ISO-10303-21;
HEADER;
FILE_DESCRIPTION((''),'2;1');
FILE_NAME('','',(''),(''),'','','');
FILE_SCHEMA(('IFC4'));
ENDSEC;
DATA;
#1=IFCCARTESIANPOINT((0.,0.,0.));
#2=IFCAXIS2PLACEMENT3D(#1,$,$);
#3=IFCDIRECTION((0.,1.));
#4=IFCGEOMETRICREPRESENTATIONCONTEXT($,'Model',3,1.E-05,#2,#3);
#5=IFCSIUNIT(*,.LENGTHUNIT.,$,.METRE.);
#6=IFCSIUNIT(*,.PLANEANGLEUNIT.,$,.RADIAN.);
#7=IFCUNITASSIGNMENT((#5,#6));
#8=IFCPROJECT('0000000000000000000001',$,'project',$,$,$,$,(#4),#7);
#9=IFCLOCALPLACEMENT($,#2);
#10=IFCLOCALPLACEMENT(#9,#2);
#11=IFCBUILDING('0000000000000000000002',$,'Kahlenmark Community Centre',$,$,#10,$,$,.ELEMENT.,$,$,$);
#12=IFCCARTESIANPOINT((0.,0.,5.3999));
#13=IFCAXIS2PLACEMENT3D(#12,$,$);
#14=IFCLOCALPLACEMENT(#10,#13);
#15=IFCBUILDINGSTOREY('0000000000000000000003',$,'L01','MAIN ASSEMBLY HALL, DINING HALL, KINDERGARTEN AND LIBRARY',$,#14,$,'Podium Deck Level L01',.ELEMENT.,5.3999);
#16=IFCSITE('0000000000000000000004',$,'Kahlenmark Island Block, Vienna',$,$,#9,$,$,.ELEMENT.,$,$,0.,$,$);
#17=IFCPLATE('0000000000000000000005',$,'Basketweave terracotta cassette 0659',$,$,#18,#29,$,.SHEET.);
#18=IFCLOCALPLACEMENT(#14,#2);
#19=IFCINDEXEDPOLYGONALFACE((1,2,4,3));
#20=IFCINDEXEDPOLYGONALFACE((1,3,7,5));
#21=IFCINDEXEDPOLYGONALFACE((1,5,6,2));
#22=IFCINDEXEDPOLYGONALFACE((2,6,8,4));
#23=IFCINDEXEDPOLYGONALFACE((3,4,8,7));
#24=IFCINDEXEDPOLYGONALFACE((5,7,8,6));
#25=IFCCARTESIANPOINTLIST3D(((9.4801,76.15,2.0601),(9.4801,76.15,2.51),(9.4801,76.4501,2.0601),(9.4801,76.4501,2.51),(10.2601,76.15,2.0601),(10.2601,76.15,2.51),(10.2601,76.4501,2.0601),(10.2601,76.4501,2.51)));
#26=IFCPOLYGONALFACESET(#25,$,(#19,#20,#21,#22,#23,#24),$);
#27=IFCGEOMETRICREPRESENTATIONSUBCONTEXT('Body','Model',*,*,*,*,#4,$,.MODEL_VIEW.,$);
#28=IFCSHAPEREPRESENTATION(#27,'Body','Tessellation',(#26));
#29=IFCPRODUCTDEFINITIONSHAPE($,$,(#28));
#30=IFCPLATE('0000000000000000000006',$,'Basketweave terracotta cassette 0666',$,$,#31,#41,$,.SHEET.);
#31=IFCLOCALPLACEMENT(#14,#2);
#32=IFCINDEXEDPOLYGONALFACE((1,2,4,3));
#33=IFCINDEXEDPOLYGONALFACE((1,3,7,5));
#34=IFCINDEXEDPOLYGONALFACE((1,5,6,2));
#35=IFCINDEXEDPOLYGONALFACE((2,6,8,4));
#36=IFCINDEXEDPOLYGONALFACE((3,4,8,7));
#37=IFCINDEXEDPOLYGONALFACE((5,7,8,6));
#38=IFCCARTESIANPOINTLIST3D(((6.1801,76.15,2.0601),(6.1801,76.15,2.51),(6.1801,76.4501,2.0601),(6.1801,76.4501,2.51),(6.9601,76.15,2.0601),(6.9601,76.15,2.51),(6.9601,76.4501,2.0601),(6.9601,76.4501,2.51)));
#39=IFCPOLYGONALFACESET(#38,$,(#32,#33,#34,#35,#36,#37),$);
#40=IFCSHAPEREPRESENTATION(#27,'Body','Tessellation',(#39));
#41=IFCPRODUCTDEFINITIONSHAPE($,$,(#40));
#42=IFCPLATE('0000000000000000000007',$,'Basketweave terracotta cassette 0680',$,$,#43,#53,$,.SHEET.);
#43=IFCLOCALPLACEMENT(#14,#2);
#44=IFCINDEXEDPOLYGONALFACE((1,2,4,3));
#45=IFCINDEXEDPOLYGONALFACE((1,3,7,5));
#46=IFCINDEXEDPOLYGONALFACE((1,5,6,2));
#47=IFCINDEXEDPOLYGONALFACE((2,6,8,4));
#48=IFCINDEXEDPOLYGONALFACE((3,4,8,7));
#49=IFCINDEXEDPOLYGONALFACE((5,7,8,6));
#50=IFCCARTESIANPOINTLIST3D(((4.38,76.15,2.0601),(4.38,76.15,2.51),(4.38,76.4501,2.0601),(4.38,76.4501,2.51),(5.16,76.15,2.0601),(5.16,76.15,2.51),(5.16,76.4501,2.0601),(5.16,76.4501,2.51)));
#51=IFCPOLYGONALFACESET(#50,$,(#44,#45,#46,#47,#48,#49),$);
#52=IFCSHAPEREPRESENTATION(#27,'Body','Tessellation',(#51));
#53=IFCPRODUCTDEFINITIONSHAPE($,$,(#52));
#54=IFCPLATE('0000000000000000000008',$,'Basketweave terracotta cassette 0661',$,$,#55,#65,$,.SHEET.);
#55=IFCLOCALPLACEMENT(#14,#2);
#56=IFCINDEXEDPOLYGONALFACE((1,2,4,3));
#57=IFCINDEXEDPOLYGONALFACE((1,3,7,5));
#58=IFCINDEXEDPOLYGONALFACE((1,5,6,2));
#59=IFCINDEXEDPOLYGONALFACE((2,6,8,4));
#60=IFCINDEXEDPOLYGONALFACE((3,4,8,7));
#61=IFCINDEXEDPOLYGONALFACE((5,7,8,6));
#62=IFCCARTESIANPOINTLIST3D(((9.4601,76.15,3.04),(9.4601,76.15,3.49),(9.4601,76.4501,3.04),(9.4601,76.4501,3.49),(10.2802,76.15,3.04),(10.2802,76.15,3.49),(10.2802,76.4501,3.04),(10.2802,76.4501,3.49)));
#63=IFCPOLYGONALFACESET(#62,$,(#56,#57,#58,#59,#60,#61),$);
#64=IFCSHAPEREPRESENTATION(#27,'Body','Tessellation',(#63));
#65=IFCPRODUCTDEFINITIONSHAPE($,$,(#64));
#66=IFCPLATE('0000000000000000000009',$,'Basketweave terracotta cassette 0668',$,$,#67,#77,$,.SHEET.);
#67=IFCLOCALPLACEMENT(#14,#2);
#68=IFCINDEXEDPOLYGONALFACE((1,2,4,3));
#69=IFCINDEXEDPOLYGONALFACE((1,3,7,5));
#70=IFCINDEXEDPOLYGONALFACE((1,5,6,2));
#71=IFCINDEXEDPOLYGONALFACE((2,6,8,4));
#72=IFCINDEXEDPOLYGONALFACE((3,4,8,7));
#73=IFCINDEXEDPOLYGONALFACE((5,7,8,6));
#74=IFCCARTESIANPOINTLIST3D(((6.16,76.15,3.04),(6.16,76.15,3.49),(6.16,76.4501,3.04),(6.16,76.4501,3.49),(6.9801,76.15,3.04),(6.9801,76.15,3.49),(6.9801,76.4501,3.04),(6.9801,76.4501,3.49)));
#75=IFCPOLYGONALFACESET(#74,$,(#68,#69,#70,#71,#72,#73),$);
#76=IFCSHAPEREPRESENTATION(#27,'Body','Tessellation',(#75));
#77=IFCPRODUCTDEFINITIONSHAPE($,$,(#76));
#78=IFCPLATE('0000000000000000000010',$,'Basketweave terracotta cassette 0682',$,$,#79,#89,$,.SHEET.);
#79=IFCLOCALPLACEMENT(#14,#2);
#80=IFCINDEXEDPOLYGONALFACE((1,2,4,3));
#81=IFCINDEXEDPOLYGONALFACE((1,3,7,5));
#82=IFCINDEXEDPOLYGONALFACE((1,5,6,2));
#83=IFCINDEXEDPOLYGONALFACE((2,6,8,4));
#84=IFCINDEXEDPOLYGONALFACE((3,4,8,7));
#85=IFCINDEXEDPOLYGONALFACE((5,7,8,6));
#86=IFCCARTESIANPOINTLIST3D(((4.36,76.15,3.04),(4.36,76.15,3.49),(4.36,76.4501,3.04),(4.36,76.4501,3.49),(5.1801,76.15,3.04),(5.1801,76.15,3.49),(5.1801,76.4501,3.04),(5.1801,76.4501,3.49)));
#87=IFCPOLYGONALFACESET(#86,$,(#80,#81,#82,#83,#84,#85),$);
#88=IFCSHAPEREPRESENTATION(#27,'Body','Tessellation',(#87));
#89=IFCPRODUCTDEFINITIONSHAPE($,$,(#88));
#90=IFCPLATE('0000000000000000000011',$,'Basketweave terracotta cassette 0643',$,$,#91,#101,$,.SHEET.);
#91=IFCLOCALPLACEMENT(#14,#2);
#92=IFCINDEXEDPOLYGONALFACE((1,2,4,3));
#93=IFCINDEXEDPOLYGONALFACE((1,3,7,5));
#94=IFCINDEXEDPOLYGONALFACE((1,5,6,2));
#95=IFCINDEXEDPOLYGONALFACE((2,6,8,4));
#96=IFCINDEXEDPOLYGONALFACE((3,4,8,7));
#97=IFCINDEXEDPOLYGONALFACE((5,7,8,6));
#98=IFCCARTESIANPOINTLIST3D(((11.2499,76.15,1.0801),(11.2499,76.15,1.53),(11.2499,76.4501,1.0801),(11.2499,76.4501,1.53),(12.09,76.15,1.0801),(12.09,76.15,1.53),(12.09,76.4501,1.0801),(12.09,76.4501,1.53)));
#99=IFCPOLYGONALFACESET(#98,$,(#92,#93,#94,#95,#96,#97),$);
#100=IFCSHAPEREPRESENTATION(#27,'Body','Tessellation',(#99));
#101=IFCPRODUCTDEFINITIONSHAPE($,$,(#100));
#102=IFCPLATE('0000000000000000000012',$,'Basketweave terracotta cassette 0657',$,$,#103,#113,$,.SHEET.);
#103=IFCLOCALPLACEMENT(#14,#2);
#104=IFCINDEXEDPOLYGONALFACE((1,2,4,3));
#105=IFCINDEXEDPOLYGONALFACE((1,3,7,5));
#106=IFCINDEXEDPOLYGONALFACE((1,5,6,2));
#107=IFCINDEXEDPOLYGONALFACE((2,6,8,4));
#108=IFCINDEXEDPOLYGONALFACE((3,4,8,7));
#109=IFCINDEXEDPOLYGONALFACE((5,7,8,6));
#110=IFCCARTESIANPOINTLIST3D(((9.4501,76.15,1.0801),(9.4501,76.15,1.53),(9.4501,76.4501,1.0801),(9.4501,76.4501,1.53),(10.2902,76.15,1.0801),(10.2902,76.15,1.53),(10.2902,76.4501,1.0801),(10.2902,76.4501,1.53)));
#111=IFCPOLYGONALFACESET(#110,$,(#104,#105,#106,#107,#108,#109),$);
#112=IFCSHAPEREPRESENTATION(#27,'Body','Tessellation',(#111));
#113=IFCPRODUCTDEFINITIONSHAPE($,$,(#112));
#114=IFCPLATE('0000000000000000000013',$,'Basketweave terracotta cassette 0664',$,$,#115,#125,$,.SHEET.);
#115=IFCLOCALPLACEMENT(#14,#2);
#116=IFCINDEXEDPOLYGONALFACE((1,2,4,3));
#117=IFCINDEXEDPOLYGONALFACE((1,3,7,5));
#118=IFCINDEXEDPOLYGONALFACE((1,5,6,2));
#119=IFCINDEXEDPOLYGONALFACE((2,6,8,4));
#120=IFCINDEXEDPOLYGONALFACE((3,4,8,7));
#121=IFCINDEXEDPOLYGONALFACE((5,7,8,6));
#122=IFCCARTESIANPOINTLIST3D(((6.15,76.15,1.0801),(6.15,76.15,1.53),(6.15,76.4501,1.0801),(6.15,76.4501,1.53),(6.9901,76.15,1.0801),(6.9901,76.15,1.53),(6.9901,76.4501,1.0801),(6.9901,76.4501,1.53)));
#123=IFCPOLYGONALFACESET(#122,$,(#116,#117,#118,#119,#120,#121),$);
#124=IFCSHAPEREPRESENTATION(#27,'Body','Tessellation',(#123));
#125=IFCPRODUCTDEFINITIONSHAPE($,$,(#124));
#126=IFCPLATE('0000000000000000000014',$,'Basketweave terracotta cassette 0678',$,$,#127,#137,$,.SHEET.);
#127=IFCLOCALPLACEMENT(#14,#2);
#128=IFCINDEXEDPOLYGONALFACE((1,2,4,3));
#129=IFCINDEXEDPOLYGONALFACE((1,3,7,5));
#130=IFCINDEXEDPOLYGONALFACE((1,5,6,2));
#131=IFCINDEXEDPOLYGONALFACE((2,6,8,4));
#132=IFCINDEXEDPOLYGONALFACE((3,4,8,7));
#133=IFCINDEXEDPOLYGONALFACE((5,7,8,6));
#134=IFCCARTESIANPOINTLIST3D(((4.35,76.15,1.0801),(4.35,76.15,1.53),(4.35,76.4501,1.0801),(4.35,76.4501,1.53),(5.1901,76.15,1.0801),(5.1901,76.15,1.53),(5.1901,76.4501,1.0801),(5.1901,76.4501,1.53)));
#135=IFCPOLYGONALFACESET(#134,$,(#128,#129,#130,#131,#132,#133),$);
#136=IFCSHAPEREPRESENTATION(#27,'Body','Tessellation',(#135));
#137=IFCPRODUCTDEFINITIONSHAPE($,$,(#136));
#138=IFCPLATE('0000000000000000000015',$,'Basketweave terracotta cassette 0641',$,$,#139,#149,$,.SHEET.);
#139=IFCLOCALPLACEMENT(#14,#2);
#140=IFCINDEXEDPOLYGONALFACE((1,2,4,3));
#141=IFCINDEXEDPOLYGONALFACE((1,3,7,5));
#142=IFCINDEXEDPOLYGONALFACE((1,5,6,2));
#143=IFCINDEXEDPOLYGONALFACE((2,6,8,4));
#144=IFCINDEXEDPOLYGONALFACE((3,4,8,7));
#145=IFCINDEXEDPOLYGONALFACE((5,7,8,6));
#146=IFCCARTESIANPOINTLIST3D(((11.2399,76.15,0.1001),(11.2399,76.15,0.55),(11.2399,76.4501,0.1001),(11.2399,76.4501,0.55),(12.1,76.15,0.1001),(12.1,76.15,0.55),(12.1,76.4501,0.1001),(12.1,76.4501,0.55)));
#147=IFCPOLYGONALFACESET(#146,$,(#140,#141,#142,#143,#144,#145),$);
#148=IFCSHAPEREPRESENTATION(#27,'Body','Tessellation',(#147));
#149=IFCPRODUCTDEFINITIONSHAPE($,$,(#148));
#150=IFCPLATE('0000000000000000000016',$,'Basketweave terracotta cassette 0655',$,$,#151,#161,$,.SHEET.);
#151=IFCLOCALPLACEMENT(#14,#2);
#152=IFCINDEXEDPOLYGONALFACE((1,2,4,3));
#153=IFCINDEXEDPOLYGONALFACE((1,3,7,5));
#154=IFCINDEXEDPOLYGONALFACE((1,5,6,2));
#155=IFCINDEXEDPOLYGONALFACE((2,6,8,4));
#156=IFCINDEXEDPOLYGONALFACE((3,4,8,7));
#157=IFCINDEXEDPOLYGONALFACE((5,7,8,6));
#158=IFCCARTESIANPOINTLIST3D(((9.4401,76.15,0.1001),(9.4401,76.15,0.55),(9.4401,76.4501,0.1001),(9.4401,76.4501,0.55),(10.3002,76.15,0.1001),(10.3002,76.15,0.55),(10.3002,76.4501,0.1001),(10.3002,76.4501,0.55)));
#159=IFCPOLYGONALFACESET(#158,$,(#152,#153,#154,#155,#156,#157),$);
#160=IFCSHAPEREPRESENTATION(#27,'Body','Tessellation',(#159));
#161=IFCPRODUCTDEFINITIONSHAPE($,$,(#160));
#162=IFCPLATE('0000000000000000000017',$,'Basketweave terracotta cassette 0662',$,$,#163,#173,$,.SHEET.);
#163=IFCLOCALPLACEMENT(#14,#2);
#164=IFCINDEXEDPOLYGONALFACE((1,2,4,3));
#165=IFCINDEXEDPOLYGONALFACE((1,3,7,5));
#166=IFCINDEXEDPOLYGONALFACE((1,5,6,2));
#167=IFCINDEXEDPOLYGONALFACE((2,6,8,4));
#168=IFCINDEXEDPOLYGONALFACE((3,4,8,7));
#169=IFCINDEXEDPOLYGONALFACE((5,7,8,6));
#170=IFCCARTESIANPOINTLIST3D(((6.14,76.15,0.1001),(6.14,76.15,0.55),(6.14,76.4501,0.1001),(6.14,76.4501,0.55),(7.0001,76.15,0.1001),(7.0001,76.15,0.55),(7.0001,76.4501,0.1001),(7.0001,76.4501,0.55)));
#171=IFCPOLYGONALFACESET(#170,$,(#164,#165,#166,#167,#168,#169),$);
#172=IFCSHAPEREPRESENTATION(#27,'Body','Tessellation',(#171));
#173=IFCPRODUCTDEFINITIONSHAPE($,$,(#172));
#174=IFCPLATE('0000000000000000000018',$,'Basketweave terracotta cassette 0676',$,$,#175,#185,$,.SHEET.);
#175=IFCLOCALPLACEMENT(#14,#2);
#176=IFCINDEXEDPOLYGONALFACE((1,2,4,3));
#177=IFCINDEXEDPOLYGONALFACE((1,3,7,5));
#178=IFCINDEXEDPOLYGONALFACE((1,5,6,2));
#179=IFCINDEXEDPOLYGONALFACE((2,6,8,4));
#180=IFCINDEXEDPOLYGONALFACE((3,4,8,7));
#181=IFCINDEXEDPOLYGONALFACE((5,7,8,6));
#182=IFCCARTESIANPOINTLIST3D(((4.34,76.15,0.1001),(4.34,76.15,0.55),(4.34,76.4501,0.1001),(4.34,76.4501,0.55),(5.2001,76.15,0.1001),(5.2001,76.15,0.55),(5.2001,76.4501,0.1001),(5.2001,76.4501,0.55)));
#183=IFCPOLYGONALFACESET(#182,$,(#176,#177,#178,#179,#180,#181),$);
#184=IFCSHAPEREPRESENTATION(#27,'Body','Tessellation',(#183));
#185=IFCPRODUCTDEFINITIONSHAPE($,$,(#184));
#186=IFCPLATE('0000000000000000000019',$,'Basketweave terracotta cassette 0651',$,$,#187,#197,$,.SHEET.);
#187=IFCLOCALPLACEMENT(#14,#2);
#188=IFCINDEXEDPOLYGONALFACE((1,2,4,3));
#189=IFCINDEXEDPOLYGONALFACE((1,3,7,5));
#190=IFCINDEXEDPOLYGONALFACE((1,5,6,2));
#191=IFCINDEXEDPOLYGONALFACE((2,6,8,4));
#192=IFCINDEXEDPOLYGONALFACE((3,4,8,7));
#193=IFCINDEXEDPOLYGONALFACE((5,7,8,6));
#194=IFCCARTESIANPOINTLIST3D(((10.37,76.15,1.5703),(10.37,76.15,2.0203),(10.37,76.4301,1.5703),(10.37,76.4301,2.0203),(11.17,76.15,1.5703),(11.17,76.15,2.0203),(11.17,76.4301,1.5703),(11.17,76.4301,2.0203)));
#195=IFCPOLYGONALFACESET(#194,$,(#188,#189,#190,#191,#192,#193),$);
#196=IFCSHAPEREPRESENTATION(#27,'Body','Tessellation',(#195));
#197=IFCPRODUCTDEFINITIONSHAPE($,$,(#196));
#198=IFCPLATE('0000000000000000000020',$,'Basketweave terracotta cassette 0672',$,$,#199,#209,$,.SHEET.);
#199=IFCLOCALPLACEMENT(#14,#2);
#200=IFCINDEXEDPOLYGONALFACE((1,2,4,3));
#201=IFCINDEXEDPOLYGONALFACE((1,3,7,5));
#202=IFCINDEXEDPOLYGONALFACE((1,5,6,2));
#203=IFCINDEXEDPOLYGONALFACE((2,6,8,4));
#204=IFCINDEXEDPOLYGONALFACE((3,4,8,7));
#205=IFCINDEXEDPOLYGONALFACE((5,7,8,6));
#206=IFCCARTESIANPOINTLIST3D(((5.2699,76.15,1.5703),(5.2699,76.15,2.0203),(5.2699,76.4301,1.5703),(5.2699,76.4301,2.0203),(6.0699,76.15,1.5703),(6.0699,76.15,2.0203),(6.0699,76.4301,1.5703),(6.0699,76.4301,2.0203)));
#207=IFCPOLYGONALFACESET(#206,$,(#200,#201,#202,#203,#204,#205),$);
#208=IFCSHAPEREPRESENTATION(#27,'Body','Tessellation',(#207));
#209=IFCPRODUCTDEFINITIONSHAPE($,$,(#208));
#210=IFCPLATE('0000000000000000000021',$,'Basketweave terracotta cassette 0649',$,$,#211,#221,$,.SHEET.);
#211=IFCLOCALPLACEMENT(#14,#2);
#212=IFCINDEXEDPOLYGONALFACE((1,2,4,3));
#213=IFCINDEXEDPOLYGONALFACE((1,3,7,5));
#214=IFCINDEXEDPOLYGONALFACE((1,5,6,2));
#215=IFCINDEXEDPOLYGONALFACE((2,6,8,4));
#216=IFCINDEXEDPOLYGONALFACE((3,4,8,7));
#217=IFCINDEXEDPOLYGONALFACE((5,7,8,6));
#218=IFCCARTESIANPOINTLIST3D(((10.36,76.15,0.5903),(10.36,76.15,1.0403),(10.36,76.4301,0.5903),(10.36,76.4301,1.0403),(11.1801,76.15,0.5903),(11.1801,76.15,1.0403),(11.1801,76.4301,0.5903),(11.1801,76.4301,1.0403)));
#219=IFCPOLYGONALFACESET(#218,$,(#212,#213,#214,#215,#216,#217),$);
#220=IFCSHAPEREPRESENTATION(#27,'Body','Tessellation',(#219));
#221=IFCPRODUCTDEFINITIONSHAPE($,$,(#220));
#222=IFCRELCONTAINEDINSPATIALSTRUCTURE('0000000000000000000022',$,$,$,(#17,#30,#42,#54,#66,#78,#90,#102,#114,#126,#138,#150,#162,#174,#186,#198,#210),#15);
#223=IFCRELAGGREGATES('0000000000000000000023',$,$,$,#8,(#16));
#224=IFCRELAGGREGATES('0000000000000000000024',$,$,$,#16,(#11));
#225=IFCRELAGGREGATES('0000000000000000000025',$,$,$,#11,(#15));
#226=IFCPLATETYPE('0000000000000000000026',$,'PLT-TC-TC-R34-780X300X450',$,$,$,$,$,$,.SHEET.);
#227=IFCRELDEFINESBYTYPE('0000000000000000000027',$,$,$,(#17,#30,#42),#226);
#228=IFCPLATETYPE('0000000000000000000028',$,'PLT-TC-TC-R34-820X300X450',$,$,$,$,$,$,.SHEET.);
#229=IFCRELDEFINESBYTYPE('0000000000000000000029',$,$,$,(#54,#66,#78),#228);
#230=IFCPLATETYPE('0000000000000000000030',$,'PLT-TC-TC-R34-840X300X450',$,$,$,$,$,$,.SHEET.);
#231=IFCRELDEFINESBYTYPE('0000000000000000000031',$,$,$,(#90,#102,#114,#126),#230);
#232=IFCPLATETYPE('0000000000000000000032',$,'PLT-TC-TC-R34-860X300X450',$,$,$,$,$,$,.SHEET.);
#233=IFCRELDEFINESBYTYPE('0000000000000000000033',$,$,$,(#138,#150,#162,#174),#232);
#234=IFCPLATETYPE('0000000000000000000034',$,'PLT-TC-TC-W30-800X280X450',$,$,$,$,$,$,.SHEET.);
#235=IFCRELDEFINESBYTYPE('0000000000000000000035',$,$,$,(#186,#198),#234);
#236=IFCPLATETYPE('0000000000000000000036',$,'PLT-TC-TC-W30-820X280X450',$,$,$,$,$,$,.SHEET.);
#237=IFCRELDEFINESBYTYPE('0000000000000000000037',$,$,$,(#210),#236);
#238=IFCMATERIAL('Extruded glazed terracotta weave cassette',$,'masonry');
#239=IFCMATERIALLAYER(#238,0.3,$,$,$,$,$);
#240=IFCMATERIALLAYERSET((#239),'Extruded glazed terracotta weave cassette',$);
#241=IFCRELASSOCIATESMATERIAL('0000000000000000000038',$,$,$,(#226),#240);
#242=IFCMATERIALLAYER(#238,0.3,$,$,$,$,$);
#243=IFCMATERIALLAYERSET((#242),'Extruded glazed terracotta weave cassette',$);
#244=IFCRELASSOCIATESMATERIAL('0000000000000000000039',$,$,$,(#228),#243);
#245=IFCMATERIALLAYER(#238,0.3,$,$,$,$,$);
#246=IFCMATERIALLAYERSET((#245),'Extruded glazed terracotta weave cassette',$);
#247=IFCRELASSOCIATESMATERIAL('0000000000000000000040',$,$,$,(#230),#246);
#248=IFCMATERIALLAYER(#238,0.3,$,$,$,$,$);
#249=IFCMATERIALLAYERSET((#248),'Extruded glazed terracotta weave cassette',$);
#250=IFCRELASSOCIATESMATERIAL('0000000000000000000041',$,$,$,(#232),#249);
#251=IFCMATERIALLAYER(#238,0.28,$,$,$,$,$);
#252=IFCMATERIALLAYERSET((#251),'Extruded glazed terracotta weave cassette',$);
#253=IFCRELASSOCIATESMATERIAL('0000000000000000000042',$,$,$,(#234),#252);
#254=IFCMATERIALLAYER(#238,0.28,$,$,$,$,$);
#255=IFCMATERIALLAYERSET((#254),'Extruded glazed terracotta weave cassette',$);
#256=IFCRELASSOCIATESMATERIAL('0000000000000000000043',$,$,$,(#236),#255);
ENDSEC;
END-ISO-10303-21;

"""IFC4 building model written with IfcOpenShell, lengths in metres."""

from ifc_helpers import new_model, si_unit, direction, frame, origin, origin_2d, place, context, subcontext, project, spatial, rectangle, extrude, material, layer, layer_set, type_object, element, save


model = new_model("IFC4")

# Units and contexts
model_context = context("Model", 3, precision=1e-05, world=origin(), true_north=direction((0.0, 1.0)))
body_context = subcontext(model_context, "Body", "Model", "MODEL_VIEW")
ifc_project = project(units=[si_unit("LENGTHUNIT", "METRE"), si_unit("PLANEANGLEUNIT", "RADIAN")], contexts=[model_context])

# Site, building, storey
site_placement = place(None, origin())
site = spatial("IfcSite", under=ifc_project, at=site_placement, Name="Kahlenmark Island Block, Vienna", CompositionType="ELEMENT", RefElevation=0.0)
building_placement = place(site_placement, origin())
building = spatial("IfcBuilding", under=site, at=building_placement, Name="Kahlenmark Community Centre", CompositionType="ELEMENT")
storey_placement = place(building_placement, frame((0.0, 0.0, 5.3999)))
storey = spatial("IfcBuildingStorey", under=building, at=storey_placement, Name="L01", Description="MAIN ASSEMBLY HALL, DINING HALL, KINDERGARTEN AND LIBRARY", LongName="Podium Deck Level L01", CompositionType="ELEMENT", Elevation=5.3999)

# Plates
ifc_material = material(Name="Extruded glazed terracotta weave cassette", Category="masonry")
ifc_layer_1 = layer(ifc_material, 0.3)
ifc_layer_set_1 = layer_set([ifc_layer_1], Name="Extruded glazed terracotta weave cassette")
plate_type_1 = type_object("IfcPlateType", Name="PLT-TC-TC-R34-780X300X450", PredefinedType="SHEET", material=ifc_layer_set_1)
for number, where, z_axis, x_axis, name in (
    (1, (9.8701, 76.3, 2.0601), (0.0, 0.0, 1.0), (-1.0, 0.0, 0.0), "Basketweave terracotta cassette 0659"),
    (2, (6.5701, 76.3, 2.0601), (0.0, 0.0, 1.0), (-1.0, 0.0, 0.0), "Basketweave terracotta cassette 0666"),
    (3, (4.77, 76.3, 2.0601), (0.0, 0.0, 1.0), (-1.0, 0.0, 0.0), "Basketweave terracotta cassette 0680"),
):
    element("IfcPlate", number, at=place(storey_placement, frame(where, z_axis=z_axis, x_axis=x_axis)), inside=storey, type_object=plate_type_1, Name=name, PredefinedType="SHEET", context=body_context, shape_type="SweptSolid", body=[
        extrude(rectangle(XDim=0.78, YDim=0.3, at=origin_2d()), origin(), (0.0, 0.0, 1.0), 0.45),
    ])
ifc_layer_2 = layer(ifc_material, 0.3)
ifc_layer_set_2 = layer_set([ifc_layer_2], Name="Extruded glazed terracotta weave cassette")
plate_type_2 = type_object("IfcPlateType", Name="PLT-TC-TC-R34-820X300X450", PredefinedType="SHEET", material=ifc_layer_set_2)
for number, where, z_axis, x_axis, name in (
    (4, (9.8701, 76.3, 3.04), (0.0, 0.0, 1.0), (-1.0, 0.0, 0.0), "Basketweave terracotta cassette 0661"),
    (5, (6.5701, 76.3, 3.04), (0.0, 0.0, 1.0), (-1.0, 0.0, 0.0), "Basketweave terracotta cassette 0668"),
    (6, (4.77, 76.3, 3.04), (0.0, 0.0, 1.0), (-1.0, 0.0, 0.0), "Basketweave terracotta cassette 0682"),
):
    element("IfcPlate", number, at=place(storey_placement, frame(where, z_axis=z_axis, x_axis=x_axis)), inside=storey, type_object=plate_type_2, Name=name, PredefinedType="SHEET", context=body_context, shape_type="SweptSolid", body=[
        extrude(rectangle(XDim=0.8201, YDim=0.3, at=origin_2d()), origin(), (0.0, 0.0, 1.0), 0.45),
    ])
ifc_layer_3 = layer(ifc_material, 0.3)
ifc_layer_set_3 = layer_set([ifc_layer_3], Name="Extruded glazed terracotta weave cassette")
plate_type_3 = type_object("IfcPlateType", Name="PLT-TC-TC-R34-840X300X450", PredefinedType="SHEET", material=ifc_layer_set_3)
for number, where, z_axis, x_axis, name in (
    (7, (11.6699, 76.3, 1.0801), (0.0, 0.0, 1.0), (-1.0, 0.0, 0.0), "Basketweave terracotta cassette 0643"),
    (8, (9.8701, 76.3, 1.0801), (0.0, 0.0, 1.0), (-1.0, 0.0, 0.0), "Basketweave terracotta cassette 0657"),
    (9, (6.5701, 76.3, 1.0801), (0.0, 0.0, 1.0), (-1.0, 0.0, 0.0), "Basketweave terracotta cassette 0664"),
    (10, (4.77, 76.3, 1.0801), (0.0, 0.0, 1.0), (-1.0, 0.0, 0.0), "Basketweave terracotta cassette 0678"),
):
    element("IfcPlate", number, at=place(storey_placement, frame(where, z_axis=z_axis, x_axis=x_axis)), inside=storey, type_object=plate_type_3, Name=name, PredefinedType="SHEET", context=body_context, shape_type="SweptSolid", body=[
        extrude(rectangle(XDim=0.8401, YDim=0.3, at=origin_2d()), origin(), (0.0, 0.0, 1.0), 0.45),
    ])
ifc_layer_4 = layer(ifc_material, 0.3)
ifc_layer_set_4 = layer_set([ifc_layer_4], Name="Extruded glazed terracotta weave cassette")
plate_type_4 = type_object("IfcPlateType", Name="PLT-TC-TC-R34-860X300X450", PredefinedType="SHEET", material=ifc_layer_set_4)
for number, where, z_axis, x_axis, name in (
    (11, (11.6699, 76.3, 0.1001), (0.0, 0.0, 1.0), (-1.0, 0.0, 0.0), "Basketweave terracotta cassette 0641"),
    (12, (9.8701, 76.3, 0.1001), (0.0, 0.0, 1.0), (-1.0, 0.0, 0.0), "Basketweave terracotta cassette 0655"),
    (13, (6.5701, 76.3, 0.1001), (0.0, 0.0, 1.0), (-1.0, 0.0, 0.0), "Basketweave terracotta cassette 0662"),
    (14, (4.77, 76.3, 0.1001), (0.0, 0.0, 1.0), (-1.0, 0.0, 0.0), "Basketweave terracotta cassette 0676"),
):
    element("IfcPlate", number, at=place(storey_placement, frame(where, z_axis=z_axis, x_axis=x_axis)), inside=storey, type_object=plate_type_4, Name=name, PredefinedType="SHEET", context=body_context, shape_type="SweptSolid", body=[
        extrude(rectangle(XDim=0.8601, YDim=0.3, at=origin_2d()), origin(), (0.0, 0.0, 1.0), 0.45),
    ])
ifc_layer_5 = layer(ifc_material, 0.28)
ifc_layer_set_5 = layer_set([ifc_layer_5], Name="Extruded glazed terracotta weave cassette")
plate_type_5 = type_object("IfcPlateType", Name="PLT-TC-TC-W30-800X280X450", PredefinedType="SHEET", material=ifc_layer_set_5)
for number, where, z_axis, x_axis, name in (
    (15, (10.77, 76.29, 1.5703), (0.0, 0.0, 1.0), (-1.0, 0.0, 0.0), "Basketweave terracotta cassette 0651"),
    (16, (5.6699, 76.29, 1.5703), (0.0, 0.0, 1.0), (-1.0, 0.0, 0.0), "Basketweave terracotta cassette 0672"),
):
    element("IfcPlate", number, at=place(storey_placement, frame(where, z_axis=z_axis, x_axis=x_axis)), inside=storey, type_object=plate_type_5, Name=name, PredefinedType="SHEET", context=body_context, shape_type="SweptSolid", body=[
        extrude(rectangle(XDim=0.8, YDim=0.28, at=origin_2d()), origin(), (0.0, 0.0, 1.0), 0.45),
    ])
ifc_layer_6 = layer(ifc_material, 0.28)
ifc_layer_set_6 = layer_set([ifc_layer_6], Name="Extruded glazed terracotta weave cassette")
plate_type_6 = type_object("IfcPlateType", Name="PLT-TC-TC-W30-820X280X450", PredefinedType="SHEET", material=ifc_layer_set_6)
for number, where, z_axis, x_axis, name in (
    (17, (10.77, 76.29, 0.5903), (0.0, 0.0, 1.0), (-1.0, 0.0, 0.0), "Basketweave terracotta cassette 0649"),
):
    element("IfcPlate", number, at=place(storey_placement, frame(where, z_axis=z_axis, x_axis=x_axis)), inside=storey, type_object=plate_type_6, Name=name, PredefinedType="SHEET", context=body_context, shape_type="SweptSolid", body=[
        extrude(rectangle(XDim=0.8201, YDim=0.28, at=origin_2d()), origin(), (0.0, 0.0, 1.0), 0.45),
    ])

save(model, "model.ifc")
